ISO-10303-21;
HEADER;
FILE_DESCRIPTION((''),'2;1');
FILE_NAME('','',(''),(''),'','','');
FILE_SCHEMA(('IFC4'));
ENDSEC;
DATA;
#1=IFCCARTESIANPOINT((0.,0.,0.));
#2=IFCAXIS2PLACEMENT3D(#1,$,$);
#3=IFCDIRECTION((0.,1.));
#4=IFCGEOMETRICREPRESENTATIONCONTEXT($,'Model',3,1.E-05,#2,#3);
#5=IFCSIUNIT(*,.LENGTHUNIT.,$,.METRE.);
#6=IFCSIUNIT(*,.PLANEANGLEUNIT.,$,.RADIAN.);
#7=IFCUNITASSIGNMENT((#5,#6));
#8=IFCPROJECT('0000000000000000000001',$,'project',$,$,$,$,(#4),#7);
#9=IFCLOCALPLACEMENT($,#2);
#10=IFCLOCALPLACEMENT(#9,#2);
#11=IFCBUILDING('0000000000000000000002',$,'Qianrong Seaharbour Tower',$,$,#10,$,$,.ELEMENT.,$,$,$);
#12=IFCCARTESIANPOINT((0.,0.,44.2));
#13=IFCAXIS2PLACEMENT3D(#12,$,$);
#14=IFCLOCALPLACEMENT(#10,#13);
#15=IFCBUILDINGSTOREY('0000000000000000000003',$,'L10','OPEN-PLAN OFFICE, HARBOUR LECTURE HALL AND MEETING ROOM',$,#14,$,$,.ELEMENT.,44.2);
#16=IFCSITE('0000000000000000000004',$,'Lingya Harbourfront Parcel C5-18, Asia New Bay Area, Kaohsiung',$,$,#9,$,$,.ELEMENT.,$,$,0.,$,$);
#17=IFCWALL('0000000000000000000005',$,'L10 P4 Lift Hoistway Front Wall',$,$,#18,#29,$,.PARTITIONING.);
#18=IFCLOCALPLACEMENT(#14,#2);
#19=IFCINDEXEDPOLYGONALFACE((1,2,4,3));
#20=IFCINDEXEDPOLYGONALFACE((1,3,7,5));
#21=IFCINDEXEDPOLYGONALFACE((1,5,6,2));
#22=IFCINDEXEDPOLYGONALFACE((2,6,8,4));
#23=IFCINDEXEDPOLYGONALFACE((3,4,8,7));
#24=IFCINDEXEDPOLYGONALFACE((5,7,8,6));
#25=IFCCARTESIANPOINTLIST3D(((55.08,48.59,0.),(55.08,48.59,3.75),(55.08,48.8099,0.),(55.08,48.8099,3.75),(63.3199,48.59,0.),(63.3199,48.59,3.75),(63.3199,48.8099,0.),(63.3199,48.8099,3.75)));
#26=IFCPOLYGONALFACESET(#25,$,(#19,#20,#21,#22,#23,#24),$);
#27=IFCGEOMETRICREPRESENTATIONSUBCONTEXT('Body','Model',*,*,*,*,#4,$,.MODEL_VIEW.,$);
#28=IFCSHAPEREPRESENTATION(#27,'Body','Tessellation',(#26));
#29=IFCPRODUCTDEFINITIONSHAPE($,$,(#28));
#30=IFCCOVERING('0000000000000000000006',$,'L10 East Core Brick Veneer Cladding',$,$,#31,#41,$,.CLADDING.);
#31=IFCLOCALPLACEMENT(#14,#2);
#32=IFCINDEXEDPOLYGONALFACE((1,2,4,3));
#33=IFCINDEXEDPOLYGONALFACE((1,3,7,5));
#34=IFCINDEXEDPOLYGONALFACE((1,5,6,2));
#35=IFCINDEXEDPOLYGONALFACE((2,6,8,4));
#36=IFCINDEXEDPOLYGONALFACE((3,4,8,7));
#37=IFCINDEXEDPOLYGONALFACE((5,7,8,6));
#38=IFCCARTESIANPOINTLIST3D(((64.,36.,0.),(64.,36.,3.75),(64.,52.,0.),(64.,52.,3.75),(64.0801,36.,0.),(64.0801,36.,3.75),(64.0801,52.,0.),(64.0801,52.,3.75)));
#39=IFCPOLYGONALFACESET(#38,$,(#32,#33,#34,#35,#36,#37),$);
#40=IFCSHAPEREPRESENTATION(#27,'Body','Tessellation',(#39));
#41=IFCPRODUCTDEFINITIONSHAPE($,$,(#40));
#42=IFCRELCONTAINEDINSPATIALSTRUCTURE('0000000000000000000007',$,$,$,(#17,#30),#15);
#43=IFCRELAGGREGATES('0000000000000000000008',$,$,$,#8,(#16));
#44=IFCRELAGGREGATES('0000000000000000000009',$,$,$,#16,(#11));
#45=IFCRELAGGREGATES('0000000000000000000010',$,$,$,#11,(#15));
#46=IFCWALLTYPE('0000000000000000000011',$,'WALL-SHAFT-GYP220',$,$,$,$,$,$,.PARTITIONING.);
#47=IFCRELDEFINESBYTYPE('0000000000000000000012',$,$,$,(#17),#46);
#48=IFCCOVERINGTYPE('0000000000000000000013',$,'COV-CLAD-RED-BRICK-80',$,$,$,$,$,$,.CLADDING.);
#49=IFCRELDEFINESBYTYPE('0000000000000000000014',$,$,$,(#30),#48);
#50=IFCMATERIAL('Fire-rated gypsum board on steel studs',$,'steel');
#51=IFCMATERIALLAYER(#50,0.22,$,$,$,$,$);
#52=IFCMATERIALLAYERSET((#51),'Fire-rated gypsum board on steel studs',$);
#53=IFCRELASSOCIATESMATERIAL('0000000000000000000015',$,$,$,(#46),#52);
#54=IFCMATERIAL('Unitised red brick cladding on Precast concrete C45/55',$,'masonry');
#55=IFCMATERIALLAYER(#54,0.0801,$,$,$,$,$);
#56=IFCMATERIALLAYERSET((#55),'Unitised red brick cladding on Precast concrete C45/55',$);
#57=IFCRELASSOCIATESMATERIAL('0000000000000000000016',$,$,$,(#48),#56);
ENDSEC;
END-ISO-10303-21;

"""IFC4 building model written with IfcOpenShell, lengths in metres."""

from ifc_helpers import new_model, si_unit, direction, frame, frame_2d, origin, origin_2d, place, context, subcontext, project, spatial, rectangle, extrude, material, layer, layer_set, type_object, element, save


model = new_model("IFC4")

# Units and contexts
model_context = context("Model", 3, precision=1e-05, world=origin(), true_north=direction((0.0, 1.0)))
body_context = subcontext(model_context, "Body", "Model", "MODEL_VIEW")
ifc_project = project(units=[si_unit("LENGTHUNIT", "METRE"), si_unit("PLANEANGLEUNIT", "RADIAN")], contexts=[model_context])

# Site, building, storey
site_placement = place(None, origin())
site = spatial("IfcSite", under=ifc_project, at=site_placement, Name="Lingya Harbourfront Parcel C5-18, Asia New Bay Area, Kaohsiung", CompositionType="ELEMENT", RefElevation=0.0)
building_placement = place(site_placement, origin())
building = spatial("IfcBuilding", under=site, at=building_placement, Name="Qianrong Seaharbour Tower", CompositionType="ELEMENT")
storey_placement = place(building_placement, frame((0.0, 0.0, 44.2)))
storey = spatial("IfcBuildingStorey", under=building, at=storey_placement, Name="L10", Description="OPEN-PLAN OFFICE, HARBOUR LECTURE HALL AND MEETING ROOM", CompositionType="ELEMENT", Elevation=44.2)

# Wall
ifc_material_1 = material(Name="Fire-rated gypsum board on steel studs", Category="steel")
ifc_layer_1 = layer(ifc_material_1, 0.22)
ifc_layer_set_1 = layer_set([ifc_layer_1], Name="Fire-rated gypsum board on steel studs")
wall_type_1 = type_object("IfcWallType", Name="WALL-SHAFT-GYP220", PredefinedType="PARTITIONING", material=ifc_layer_set_1)
for number, where, z_axis, x_axis, name in (
    (1, (63.3201, 48.7, 0.0), (0.0, 0.0, 1.0), (-1.0, 0.0, 0.0), "L10 P4 Lift Hoistway Front Wall"),
):
    element("IfcWall", number, at=place(storey_placement, frame(where, z_axis=z_axis, x_axis=x_axis)), inside=storey, type_object=wall_type_1, Name=name, PredefinedType="PARTITIONING", context=body_context, shape_type="SweptSolid", body=[
        extrude(rectangle(XDim=8.24, YDim=0.22, at=frame_2d((4.1201, 0.0))), origin(), (0.0, 0.0, 1.0), 3.75),
    ])

# Covering
ifc_material_2 = material(Name="Unitised red brick cladding on Precast concrete C45/55", Category="masonry")
ifc_layer_2 = layer(ifc_material_2, 0.0801)
ifc_layer_set_2 = layer_set([ifc_layer_2], Name="Unitised red brick cladding on Precast concrete C45/55")
covering_type = type_object("IfcCoveringType", Name="COV-CLAD-RED-BRICK-80", PredefinedType="CLADDING", material=ifc_layer_set_2)
covering_placement = place(storey_placement, frame((64.04, 44.0, 0.0), z_axis=(0.0, 0.0, 1.0), x_axis=(1.0, 0.0, 0.0)))
element("IfcCovering", 2, at=covering_placement, inside=storey, type_object=covering_type, Name="L10 East Core Brick Veneer Cladding", PredefinedType="CLADDING", context=body_context, shape_type="SweptSolid", body=[
    extrude(rectangle(XDim=0.0801, YDim=16.0, at=origin_2d()), origin(), (0.0, 0.0, 1.0), 3.75),
])

save(model, "model.ifc")
